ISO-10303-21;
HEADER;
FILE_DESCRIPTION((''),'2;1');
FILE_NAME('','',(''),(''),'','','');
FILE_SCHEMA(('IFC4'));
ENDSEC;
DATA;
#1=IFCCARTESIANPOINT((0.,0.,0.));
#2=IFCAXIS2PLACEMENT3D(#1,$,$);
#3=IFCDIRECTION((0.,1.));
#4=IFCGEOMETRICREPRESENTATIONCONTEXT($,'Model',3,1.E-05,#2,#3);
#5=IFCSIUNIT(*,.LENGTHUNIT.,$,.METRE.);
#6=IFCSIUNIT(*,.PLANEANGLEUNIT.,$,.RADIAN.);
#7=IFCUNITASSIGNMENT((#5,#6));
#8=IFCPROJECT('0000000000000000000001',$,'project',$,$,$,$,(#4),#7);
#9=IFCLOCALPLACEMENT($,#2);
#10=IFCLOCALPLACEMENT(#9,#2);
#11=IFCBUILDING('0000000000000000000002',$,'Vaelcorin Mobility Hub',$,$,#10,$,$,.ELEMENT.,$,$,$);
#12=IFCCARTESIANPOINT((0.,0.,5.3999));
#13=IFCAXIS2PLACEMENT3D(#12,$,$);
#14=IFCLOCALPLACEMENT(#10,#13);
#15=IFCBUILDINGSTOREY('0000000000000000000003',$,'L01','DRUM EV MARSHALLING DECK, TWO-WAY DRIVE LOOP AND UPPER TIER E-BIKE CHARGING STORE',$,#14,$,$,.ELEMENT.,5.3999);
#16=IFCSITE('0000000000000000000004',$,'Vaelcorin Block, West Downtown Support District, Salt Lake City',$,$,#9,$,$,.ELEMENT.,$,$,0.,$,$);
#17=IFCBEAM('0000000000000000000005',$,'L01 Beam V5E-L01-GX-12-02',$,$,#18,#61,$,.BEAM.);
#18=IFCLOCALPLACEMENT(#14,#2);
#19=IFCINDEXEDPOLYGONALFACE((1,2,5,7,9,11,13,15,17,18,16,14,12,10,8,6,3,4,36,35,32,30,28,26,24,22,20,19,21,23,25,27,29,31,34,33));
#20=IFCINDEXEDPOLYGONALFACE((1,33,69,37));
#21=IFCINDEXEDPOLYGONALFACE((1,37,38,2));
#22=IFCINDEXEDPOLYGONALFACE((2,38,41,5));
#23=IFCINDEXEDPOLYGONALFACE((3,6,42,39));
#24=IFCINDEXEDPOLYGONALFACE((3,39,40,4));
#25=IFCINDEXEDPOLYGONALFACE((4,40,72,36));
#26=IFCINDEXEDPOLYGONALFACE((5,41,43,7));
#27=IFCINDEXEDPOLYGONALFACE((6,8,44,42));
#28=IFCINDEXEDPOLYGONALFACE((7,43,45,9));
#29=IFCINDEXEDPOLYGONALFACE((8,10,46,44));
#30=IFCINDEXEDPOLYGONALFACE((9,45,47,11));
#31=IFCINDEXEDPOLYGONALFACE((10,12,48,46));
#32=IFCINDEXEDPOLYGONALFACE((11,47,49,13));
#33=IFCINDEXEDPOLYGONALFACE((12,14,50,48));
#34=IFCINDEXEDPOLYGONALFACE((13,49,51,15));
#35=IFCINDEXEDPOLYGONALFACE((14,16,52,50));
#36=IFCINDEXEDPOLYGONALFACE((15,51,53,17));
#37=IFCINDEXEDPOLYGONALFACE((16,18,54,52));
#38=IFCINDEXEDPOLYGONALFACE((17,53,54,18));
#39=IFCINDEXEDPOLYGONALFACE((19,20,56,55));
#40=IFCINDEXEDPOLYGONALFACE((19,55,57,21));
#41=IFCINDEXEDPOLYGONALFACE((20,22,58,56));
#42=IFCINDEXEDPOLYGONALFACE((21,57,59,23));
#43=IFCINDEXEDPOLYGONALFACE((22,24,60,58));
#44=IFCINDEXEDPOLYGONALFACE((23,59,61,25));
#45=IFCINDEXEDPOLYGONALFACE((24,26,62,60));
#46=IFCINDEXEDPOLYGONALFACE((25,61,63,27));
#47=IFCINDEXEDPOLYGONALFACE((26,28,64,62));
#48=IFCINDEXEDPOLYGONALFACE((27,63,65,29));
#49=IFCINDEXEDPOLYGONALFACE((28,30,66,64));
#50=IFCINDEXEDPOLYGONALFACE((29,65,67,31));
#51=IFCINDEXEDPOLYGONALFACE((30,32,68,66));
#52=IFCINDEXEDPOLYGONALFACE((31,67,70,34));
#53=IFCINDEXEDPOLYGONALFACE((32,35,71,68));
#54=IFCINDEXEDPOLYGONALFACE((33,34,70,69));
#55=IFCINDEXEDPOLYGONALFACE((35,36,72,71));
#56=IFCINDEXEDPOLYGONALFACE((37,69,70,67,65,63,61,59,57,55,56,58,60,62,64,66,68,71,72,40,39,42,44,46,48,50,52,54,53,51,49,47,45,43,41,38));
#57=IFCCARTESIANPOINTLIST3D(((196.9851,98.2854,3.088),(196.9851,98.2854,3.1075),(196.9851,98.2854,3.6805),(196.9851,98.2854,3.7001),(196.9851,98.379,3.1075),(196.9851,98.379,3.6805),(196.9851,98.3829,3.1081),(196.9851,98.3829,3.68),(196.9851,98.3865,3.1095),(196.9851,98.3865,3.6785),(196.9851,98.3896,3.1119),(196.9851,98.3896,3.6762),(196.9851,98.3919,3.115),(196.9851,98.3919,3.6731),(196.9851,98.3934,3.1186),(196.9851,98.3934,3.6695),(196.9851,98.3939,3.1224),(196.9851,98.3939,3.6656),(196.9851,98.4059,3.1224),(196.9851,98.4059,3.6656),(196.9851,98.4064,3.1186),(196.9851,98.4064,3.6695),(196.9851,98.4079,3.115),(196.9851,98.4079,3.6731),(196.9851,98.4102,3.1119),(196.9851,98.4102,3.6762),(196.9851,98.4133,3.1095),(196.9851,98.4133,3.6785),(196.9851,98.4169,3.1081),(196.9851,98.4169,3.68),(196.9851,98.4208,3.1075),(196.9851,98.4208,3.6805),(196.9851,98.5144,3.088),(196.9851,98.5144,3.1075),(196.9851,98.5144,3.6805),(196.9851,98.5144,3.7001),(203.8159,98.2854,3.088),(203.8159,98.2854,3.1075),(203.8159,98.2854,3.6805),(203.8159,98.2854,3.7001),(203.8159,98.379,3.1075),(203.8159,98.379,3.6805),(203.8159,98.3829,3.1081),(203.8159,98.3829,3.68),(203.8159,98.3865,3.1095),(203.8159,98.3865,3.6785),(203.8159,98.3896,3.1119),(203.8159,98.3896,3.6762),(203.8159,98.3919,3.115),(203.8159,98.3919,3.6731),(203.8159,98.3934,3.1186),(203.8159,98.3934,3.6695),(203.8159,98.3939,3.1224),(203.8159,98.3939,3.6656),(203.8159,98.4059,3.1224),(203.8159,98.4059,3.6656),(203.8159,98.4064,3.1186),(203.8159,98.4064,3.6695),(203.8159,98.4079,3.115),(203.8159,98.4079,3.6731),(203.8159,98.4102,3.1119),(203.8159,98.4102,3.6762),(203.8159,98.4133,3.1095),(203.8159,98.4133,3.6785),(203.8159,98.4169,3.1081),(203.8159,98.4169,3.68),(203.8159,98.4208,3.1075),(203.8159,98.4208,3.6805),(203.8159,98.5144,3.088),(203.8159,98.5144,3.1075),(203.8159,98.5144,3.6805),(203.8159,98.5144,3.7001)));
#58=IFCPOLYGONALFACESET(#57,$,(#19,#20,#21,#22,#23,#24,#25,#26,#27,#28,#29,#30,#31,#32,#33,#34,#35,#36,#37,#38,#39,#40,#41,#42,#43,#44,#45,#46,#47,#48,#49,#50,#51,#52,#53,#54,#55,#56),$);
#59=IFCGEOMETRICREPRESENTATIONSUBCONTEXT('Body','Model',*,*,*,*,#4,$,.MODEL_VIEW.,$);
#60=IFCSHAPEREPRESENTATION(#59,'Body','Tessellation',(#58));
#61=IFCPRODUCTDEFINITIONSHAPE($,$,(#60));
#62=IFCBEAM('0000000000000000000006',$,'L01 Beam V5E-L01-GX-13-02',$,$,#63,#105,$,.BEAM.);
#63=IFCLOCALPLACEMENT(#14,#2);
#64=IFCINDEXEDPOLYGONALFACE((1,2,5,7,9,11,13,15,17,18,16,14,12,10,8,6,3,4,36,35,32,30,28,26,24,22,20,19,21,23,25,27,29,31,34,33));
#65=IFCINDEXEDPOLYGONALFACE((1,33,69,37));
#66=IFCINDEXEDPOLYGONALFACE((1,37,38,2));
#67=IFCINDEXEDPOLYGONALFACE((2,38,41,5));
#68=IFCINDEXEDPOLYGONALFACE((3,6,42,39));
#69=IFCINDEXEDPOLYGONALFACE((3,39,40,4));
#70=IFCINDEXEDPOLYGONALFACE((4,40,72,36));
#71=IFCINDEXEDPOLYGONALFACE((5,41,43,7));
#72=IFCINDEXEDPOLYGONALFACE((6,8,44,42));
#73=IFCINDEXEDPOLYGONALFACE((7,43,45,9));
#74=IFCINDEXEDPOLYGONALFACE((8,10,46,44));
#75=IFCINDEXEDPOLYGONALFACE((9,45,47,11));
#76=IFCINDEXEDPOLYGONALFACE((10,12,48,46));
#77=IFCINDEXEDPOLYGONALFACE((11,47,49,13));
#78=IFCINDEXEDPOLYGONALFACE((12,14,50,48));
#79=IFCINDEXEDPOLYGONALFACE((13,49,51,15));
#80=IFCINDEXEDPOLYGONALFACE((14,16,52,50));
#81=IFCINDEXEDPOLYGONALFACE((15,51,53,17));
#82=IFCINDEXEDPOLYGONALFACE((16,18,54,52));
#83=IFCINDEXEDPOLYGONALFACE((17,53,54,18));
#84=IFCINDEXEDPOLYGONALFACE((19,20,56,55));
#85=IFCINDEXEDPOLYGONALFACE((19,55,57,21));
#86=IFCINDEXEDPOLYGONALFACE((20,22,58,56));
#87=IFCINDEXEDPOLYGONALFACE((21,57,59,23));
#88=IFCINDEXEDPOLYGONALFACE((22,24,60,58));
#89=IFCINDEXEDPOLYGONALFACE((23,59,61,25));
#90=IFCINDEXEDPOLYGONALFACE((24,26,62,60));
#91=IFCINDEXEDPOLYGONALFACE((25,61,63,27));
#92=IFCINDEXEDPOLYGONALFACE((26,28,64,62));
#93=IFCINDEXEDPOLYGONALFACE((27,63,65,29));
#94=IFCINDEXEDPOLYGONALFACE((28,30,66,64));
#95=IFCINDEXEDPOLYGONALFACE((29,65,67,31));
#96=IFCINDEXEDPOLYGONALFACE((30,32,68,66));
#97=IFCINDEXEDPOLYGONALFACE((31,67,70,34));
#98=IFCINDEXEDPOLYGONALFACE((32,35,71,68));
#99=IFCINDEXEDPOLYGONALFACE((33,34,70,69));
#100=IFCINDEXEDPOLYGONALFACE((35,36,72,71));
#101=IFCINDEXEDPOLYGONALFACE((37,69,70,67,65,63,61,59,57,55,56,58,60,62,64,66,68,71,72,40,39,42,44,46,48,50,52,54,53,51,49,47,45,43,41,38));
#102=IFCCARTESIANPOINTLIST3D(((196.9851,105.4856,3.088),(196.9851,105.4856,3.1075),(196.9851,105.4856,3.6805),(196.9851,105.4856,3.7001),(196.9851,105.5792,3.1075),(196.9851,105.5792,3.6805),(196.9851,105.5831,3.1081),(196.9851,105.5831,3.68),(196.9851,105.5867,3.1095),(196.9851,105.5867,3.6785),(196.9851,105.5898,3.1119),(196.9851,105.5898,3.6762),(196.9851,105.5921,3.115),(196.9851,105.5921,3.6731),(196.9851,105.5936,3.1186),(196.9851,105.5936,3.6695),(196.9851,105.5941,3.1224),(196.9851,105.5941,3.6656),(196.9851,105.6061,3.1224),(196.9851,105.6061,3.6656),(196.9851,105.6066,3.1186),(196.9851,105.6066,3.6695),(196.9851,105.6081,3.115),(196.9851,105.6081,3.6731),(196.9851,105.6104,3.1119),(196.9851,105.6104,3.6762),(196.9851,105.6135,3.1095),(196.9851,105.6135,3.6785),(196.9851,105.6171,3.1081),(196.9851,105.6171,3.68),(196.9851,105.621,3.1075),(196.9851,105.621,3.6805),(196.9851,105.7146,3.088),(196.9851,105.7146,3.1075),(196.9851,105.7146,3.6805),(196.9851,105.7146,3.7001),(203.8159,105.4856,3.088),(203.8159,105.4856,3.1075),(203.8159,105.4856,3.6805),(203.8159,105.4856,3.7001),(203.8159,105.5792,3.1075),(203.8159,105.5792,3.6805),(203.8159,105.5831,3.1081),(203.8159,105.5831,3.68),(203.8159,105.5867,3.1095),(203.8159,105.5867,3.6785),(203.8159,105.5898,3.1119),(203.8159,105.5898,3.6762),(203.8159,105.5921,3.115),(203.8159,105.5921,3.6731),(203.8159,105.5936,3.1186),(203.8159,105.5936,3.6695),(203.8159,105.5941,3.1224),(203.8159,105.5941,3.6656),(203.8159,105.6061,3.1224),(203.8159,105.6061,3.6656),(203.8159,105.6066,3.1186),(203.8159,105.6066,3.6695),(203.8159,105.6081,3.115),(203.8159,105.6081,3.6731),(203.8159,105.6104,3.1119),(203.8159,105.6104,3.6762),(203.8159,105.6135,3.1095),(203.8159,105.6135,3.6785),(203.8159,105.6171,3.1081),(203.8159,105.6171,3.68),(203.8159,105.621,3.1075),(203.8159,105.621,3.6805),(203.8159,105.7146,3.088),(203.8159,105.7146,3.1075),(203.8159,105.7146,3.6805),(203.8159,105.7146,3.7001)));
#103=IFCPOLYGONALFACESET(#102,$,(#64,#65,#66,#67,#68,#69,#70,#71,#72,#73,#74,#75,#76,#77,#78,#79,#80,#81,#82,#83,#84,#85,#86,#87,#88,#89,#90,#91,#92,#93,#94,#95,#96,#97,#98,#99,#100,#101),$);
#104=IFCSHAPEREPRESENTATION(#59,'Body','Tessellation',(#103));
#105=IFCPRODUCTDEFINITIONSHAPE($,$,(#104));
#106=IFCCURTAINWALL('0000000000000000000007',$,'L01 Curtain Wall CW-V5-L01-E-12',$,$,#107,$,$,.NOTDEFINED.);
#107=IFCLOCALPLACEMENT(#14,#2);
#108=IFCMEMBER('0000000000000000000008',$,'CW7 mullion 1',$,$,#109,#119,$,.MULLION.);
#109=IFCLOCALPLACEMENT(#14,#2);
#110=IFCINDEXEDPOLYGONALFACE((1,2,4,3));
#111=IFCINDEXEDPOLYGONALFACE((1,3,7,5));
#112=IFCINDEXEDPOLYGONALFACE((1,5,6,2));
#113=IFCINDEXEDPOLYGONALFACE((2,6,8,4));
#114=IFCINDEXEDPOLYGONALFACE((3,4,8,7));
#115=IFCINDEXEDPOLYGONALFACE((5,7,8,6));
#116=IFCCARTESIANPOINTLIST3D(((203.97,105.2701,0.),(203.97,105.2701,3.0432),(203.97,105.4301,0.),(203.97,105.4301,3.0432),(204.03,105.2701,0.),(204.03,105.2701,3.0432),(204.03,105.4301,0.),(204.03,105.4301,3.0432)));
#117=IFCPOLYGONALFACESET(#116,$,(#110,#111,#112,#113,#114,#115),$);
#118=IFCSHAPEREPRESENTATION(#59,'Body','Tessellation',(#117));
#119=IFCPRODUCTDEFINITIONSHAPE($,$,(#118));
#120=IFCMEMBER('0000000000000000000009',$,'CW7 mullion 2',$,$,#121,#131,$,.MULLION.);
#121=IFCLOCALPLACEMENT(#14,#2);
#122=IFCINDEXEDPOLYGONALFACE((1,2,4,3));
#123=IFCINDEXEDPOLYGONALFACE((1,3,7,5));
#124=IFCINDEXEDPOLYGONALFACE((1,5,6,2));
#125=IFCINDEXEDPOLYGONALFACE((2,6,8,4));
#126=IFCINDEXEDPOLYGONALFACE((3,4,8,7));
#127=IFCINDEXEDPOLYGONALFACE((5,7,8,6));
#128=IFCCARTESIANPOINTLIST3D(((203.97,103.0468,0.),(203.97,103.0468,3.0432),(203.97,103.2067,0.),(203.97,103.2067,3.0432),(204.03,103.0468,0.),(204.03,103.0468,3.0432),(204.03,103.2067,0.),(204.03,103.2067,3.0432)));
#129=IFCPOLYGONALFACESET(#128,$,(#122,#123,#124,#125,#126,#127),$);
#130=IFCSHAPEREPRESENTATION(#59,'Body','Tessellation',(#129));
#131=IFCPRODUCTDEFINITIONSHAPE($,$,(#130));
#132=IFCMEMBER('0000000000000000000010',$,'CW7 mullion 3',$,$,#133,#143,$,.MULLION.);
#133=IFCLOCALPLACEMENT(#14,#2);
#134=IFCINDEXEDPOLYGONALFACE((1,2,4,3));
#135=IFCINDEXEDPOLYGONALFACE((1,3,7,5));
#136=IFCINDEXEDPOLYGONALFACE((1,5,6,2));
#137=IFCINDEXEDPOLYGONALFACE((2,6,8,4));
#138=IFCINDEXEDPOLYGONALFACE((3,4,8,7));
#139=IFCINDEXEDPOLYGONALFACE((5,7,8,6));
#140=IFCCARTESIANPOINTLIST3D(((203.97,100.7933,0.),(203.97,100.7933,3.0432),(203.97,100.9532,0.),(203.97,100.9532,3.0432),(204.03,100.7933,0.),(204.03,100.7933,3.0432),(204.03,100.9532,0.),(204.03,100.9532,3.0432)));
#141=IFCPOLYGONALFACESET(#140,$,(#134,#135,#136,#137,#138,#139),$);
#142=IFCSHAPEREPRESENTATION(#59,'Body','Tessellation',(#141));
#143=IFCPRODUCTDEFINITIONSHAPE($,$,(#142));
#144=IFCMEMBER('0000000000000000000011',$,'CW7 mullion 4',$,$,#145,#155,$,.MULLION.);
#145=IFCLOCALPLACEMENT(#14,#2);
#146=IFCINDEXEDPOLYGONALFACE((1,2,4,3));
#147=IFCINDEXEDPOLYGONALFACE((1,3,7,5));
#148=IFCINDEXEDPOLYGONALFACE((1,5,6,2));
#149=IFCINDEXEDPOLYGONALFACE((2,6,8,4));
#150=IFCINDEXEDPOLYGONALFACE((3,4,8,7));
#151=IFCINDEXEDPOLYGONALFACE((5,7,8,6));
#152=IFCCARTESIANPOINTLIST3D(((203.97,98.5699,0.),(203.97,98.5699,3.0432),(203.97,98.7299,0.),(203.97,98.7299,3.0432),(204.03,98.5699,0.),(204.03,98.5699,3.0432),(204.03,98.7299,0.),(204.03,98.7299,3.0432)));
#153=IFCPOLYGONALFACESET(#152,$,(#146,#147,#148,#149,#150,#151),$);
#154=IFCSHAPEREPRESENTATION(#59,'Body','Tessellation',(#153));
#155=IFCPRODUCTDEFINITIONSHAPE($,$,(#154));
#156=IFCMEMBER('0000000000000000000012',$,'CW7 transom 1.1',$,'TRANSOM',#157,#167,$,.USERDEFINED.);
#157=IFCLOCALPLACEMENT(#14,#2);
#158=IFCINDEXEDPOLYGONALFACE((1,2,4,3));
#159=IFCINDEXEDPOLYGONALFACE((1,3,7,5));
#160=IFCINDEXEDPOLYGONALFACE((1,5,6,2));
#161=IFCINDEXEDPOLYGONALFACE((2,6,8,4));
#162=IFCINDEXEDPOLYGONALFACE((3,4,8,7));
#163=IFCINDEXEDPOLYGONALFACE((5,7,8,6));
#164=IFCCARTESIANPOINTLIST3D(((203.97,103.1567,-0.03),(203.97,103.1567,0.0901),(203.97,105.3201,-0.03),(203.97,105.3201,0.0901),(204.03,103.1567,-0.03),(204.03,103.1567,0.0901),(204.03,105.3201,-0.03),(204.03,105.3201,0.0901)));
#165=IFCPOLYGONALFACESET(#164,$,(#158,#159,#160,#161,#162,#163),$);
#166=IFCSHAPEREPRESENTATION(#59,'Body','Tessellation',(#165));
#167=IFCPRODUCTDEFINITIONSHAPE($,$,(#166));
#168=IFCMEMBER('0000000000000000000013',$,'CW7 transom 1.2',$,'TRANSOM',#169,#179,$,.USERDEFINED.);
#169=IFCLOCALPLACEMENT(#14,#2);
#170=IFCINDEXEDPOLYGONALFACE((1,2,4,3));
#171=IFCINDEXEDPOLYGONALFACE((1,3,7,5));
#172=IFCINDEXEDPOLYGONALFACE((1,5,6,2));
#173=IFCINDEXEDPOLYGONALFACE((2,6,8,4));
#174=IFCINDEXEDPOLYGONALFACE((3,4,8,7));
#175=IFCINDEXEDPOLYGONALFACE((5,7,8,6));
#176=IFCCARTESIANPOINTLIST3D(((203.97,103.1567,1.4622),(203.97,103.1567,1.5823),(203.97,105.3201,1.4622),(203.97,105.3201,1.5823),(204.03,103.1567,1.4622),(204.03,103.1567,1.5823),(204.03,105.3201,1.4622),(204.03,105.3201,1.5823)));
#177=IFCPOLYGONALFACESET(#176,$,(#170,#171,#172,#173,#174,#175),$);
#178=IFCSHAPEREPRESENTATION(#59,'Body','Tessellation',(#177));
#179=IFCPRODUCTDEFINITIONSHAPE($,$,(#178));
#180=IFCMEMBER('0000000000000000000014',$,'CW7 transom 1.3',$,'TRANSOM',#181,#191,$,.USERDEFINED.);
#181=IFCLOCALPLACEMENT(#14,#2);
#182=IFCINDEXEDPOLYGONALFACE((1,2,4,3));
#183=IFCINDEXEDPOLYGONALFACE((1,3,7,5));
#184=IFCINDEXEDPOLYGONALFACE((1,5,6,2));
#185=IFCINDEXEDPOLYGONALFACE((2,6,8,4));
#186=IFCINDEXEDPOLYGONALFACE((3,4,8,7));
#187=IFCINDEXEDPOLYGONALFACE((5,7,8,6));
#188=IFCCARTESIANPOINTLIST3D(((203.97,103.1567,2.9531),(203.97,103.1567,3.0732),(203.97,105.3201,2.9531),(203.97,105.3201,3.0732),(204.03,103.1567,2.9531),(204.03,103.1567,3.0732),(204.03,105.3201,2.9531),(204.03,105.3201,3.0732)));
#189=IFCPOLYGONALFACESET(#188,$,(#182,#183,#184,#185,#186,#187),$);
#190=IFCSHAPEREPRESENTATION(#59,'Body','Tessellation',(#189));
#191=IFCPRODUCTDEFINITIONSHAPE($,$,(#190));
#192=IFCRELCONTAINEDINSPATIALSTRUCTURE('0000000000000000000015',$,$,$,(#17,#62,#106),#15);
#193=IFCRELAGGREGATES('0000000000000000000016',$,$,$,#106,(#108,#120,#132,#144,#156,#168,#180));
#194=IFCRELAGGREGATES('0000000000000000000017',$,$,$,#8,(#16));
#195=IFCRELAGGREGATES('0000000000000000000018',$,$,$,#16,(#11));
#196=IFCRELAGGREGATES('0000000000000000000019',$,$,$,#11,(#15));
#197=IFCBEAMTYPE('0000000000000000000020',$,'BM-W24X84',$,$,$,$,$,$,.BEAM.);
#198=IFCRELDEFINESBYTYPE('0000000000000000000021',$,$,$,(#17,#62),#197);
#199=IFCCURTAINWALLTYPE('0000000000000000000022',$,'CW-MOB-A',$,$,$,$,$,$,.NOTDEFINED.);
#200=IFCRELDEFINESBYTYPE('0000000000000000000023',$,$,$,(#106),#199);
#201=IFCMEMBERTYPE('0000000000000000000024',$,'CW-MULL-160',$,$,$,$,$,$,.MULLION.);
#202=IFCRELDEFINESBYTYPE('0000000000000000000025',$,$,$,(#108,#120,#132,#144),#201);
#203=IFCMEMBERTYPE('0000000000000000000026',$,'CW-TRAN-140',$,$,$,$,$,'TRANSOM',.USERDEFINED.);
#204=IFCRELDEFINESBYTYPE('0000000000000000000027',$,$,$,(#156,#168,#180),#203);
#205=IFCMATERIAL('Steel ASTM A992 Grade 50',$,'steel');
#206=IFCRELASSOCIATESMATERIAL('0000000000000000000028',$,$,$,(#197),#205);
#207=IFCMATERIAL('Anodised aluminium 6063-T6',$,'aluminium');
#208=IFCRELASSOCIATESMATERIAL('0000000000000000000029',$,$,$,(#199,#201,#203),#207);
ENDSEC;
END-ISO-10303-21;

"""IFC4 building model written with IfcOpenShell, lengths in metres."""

from ifc_helpers import new_model, si_unit, direction, frame, origin, origin_2d, place, context, subcontext, project, spatial, rectangle, i_section, extrude, material, material_profile, profile_set, type_object, element, aggregate, save


model = new_model("IFC4")

# Units and contexts
model_context = context("Model", 3, precision=1e-05, world=origin(), true_north=direction((0.0, 1.0)))
body_context = subcontext(model_context, "Body", "Model", "MODEL_VIEW")
ifc_project = project(units=[si_unit("LENGTHUNIT", "METRE"), si_unit("PLANEANGLEUNIT", "RADIAN")], contexts=[model_context])

# Site, building, storey
site_placement = place(None, origin())
site = spatial("IfcSite", under=ifc_project, at=site_placement, Name="Vaelcorin Block, West Downtown Support District, Salt Lake City", CompositionType="ELEMENT", RefElevation=0.0)
building_placement = place(site_placement, origin())
building = spatial("IfcBuilding", under=site, at=building_placement, Name="Vaelcorin Mobility Hub", CompositionType="ELEMENT")
storey_placement = place(building_placement, frame((0.0, 0.0, 5.3999)))
storey = spatial("IfcBuildingStorey", under=building, at=storey_placement, Name="L01", Description="DRUM EV MARSHALLING DECK, TWO-WAY DRIVE LOOP AND UPPER TIER E-BIKE CHARGING STORE", CompositionType="ELEMENT", Elevation=5.3999)

# Shared definitions
ifc_material_1 = material(Name="Steel ASTM A992 Grade 50", Category="steel")

# Beams
ifc_material_profile_1 = material_profile(ifc_material_1, i_section(OverallWidth=0.229, OverallDepth=0.6121, WebThickness=0.012, FlangeThickness=0.0195, FilletRadius=0.0149, at=origin_2d()), Name="W24X84")
ifc_profile_set_1 = profile_set([ifc_material_profile_1], Name="Steel ASTM A992 Grade 50")
beam_type_1 = type_object("IfcBeamType", Name="BM-W24X84", PredefinedType="BEAM", material=ifc_profile_set_1)
for number, where, z_axis, x_axis, name in (
    (1, (196.9851, 98.3999, 3.394), (1.0, 0.0, 0.0), (0.0, 1.0, 0.0), "L01 Beam V5E-L01-GX-12-02"),
    (2, (196.9851, 105.6001, 3.394), (1.0, 0.0, 0.0), (0.0, 1.0, 0.0), "L01 Beam V5E-L01-GX-13-02"),
):
    element("IfcBeam", number, at=place(storey_placement, frame(where, z_axis=z_axis, x_axis=x_axis)), inside=storey, type_object=beam_type_1, Name=name, PredefinedType="BEAM", context=body_context, shape_type="SweptSolid", body=[
        extrude(i_section(OverallWidth=0.229, OverallDepth=0.6121, WebThickness=0.012, FlangeThickness=0.0195, FilletRadius=0.0149, at=origin_2d()), origin(), (0.0, 0.0, 1.0), 6.8308),
    ])

# Curtain wall, members
ifc_material_2 = material(Name="Anodised aluminium 6063-T6", Category="aluminium")
curtain_wall_type = type_object("IfcCurtainWallType", Name="CW-MOB-A", PredefinedType="NOTDEFINED", material=ifc_material_2)
curtain_wall_placement = place(storey_placement, origin())
curtain_wall = element("IfcCurtainWall", 3, at=curtain_wall_placement, inside=storey, type_object=curtain_wall_type, Name="L01 Curtain Wall CW-V5-L01-E-12", PredefinedType="NOTDEFINED")
ifc_material_profile_2 = material_profile(ifc_material_2, rectangle(XDim=0.0601, YDim=0.1599, at=origin_2d()), Name="ALU-M60X160")
ifc_profile_set_2 = profile_set([ifc_material_profile_2], Name="Anodised aluminium 6063-T6")
member_type_1 = type_object("IfcMemberType", Name="CW-MULL-160", PredefinedType="MULLION", material=ifc_profile_set_2)
member_1_placement = place(storey_placement, frame((204.0, 105.3501, 0.0), z_axis=(0.0, 0.0, 1.0), x_axis=(1.0, 0.0, 0.0)))
member_1 = element("IfcMember", 4, at=member_1_placement, type_object=member_type_1, Name="CW7 mullion 1", PredefinedType="MULLION", context=body_context, shape_type="SweptSolid", body=[
    extrude(rectangle(XDim=0.0601, YDim=0.1599, at=origin_2d()), origin(), (0.0, 0.0, 1.0), 3.0432),
])
member_2_placement = place(storey_placement, frame((204.0, 103.1267, 0.0), z_axis=(0.0, 0.0, 1.0), x_axis=(1.0, 0.0, 0.0)))
member_2 = element("IfcMember", 5, at=member_2_placement, type_object=member_type_1, Name="CW7 mullion 2", PredefinedType="MULLION", context=body_context, shape_type="SweptSolid", body=[
    extrude(rectangle(XDim=0.0601, YDim=0.1599, at=origin_2d()), origin(), (0.0, 0.0, 1.0), 3.0432),
])
member_3_placement = place(storey_placement, frame((204.0, 100.8733, 0.0), z_axis=(0.0, 0.0, 1.0), x_axis=(1.0, 0.0, 0.0)))
member_3 = element("IfcMember", 6, at=member_3_placement, type_object=member_type_1, Name="CW7 mullion 3", PredefinedType="MULLION", context=body_context, shape_type="SweptSolid", body=[
    extrude(rectangle(XDim=0.0601, YDim=0.1599, at=origin_2d()), origin(), (0.0, 0.0, 1.0), 3.0432),
])
member_4_placement = place(storey_placement, frame((204.0, 98.6499, 0.0), z_axis=(0.0, 0.0, 1.0), x_axis=(1.0, 0.0, 0.0)))
member_4 = element("IfcMember", 7, at=member_4_placement, type_object=member_type_1, Name="CW7 mullion 4", PredefinedType="MULLION", context=body_context, shape_type="SweptSolid", body=[
    extrude(rectangle(XDim=0.0601, YDim=0.1599, at=origin_2d()), origin(), (0.0, 0.0, 1.0), 3.0432),
])
ifc_material_profile_3 = material_profile(ifc_material_2, rectangle(XDim=0.0601, YDim=0.1201, at=origin_2d()), Name="ALU-T60X120")
ifc_profile_set_3 = profile_set([ifc_material_profile_3], Name="Anodised aluminium 6063-T6")
member_type_2 = type_object("IfcMemberType", Name="CW-TRAN-140", ElementType="TRANSOM", PredefinedType="USERDEFINED", material=ifc_profile_set_3)
member_5_placement = place(storey_placement, frame((204.0, 105.3201, 0.03), z_axis=(0.0, -1.0, 0.0), x_axis=(1.0, 0.0, 0.0)))
member_5 = element("IfcMember", 8, at=member_5_placement, type_object=member_type_2, Name="CW7 transom 1.1", ObjectType="TRANSOM", PredefinedType="USERDEFINED", context=body_context, shape_type="SweptSolid", body=[
    extrude(rectangle(XDim=0.0601, YDim=0.1201, at=origin_2d()), origin(), (0.0, 0.0, 1.0), 2.1633),
])
member_6_placement = place(storey_placement, frame((204.0, 105.3201, 1.5222), z_axis=(0.0, -1.0, 0.0), x_axis=(1.0, 0.0, 0.0)))
member_6 = element("IfcMember", 9, at=member_6_placement, type_object=member_type_2, Name="CW7 transom 1.2", ObjectType="TRANSOM", PredefinedType="USERDEFINED", context=body_context, shape_type="SweptSolid", body=[
    extrude(rectangle(XDim=0.0601, YDim=0.1201, at=origin_2d()), origin(), (0.0, 0.0, 1.0), 2.1633),
])
member_7_placement = place(storey_placement, frame((204.0, 105.3201, 3.0132), z_axis=(0.0, -1.0, 0.0), x_axis=(1.0, 0.0, 0.0)))
member_7 = element("IfcMember", 10, at=member_7_placement, type_object=member_type_2, Name="CW7 transom 1.3", ObjectType="TRANSOM", PredefinedType="USERDEFINED", context=body_context, shape_type="SweptSolid", body=[
    extrude(rectangle(XDim=0.0601, YDim=0.1201, at=origin_2d()), origin(), (0.0, 0.0, 1.0), 2.1633),
])
aggregate(curtain_wall, [member_1, member_2, member_3, member_4, member_5, member_6, member_7])

save(model, "model.ifc")
